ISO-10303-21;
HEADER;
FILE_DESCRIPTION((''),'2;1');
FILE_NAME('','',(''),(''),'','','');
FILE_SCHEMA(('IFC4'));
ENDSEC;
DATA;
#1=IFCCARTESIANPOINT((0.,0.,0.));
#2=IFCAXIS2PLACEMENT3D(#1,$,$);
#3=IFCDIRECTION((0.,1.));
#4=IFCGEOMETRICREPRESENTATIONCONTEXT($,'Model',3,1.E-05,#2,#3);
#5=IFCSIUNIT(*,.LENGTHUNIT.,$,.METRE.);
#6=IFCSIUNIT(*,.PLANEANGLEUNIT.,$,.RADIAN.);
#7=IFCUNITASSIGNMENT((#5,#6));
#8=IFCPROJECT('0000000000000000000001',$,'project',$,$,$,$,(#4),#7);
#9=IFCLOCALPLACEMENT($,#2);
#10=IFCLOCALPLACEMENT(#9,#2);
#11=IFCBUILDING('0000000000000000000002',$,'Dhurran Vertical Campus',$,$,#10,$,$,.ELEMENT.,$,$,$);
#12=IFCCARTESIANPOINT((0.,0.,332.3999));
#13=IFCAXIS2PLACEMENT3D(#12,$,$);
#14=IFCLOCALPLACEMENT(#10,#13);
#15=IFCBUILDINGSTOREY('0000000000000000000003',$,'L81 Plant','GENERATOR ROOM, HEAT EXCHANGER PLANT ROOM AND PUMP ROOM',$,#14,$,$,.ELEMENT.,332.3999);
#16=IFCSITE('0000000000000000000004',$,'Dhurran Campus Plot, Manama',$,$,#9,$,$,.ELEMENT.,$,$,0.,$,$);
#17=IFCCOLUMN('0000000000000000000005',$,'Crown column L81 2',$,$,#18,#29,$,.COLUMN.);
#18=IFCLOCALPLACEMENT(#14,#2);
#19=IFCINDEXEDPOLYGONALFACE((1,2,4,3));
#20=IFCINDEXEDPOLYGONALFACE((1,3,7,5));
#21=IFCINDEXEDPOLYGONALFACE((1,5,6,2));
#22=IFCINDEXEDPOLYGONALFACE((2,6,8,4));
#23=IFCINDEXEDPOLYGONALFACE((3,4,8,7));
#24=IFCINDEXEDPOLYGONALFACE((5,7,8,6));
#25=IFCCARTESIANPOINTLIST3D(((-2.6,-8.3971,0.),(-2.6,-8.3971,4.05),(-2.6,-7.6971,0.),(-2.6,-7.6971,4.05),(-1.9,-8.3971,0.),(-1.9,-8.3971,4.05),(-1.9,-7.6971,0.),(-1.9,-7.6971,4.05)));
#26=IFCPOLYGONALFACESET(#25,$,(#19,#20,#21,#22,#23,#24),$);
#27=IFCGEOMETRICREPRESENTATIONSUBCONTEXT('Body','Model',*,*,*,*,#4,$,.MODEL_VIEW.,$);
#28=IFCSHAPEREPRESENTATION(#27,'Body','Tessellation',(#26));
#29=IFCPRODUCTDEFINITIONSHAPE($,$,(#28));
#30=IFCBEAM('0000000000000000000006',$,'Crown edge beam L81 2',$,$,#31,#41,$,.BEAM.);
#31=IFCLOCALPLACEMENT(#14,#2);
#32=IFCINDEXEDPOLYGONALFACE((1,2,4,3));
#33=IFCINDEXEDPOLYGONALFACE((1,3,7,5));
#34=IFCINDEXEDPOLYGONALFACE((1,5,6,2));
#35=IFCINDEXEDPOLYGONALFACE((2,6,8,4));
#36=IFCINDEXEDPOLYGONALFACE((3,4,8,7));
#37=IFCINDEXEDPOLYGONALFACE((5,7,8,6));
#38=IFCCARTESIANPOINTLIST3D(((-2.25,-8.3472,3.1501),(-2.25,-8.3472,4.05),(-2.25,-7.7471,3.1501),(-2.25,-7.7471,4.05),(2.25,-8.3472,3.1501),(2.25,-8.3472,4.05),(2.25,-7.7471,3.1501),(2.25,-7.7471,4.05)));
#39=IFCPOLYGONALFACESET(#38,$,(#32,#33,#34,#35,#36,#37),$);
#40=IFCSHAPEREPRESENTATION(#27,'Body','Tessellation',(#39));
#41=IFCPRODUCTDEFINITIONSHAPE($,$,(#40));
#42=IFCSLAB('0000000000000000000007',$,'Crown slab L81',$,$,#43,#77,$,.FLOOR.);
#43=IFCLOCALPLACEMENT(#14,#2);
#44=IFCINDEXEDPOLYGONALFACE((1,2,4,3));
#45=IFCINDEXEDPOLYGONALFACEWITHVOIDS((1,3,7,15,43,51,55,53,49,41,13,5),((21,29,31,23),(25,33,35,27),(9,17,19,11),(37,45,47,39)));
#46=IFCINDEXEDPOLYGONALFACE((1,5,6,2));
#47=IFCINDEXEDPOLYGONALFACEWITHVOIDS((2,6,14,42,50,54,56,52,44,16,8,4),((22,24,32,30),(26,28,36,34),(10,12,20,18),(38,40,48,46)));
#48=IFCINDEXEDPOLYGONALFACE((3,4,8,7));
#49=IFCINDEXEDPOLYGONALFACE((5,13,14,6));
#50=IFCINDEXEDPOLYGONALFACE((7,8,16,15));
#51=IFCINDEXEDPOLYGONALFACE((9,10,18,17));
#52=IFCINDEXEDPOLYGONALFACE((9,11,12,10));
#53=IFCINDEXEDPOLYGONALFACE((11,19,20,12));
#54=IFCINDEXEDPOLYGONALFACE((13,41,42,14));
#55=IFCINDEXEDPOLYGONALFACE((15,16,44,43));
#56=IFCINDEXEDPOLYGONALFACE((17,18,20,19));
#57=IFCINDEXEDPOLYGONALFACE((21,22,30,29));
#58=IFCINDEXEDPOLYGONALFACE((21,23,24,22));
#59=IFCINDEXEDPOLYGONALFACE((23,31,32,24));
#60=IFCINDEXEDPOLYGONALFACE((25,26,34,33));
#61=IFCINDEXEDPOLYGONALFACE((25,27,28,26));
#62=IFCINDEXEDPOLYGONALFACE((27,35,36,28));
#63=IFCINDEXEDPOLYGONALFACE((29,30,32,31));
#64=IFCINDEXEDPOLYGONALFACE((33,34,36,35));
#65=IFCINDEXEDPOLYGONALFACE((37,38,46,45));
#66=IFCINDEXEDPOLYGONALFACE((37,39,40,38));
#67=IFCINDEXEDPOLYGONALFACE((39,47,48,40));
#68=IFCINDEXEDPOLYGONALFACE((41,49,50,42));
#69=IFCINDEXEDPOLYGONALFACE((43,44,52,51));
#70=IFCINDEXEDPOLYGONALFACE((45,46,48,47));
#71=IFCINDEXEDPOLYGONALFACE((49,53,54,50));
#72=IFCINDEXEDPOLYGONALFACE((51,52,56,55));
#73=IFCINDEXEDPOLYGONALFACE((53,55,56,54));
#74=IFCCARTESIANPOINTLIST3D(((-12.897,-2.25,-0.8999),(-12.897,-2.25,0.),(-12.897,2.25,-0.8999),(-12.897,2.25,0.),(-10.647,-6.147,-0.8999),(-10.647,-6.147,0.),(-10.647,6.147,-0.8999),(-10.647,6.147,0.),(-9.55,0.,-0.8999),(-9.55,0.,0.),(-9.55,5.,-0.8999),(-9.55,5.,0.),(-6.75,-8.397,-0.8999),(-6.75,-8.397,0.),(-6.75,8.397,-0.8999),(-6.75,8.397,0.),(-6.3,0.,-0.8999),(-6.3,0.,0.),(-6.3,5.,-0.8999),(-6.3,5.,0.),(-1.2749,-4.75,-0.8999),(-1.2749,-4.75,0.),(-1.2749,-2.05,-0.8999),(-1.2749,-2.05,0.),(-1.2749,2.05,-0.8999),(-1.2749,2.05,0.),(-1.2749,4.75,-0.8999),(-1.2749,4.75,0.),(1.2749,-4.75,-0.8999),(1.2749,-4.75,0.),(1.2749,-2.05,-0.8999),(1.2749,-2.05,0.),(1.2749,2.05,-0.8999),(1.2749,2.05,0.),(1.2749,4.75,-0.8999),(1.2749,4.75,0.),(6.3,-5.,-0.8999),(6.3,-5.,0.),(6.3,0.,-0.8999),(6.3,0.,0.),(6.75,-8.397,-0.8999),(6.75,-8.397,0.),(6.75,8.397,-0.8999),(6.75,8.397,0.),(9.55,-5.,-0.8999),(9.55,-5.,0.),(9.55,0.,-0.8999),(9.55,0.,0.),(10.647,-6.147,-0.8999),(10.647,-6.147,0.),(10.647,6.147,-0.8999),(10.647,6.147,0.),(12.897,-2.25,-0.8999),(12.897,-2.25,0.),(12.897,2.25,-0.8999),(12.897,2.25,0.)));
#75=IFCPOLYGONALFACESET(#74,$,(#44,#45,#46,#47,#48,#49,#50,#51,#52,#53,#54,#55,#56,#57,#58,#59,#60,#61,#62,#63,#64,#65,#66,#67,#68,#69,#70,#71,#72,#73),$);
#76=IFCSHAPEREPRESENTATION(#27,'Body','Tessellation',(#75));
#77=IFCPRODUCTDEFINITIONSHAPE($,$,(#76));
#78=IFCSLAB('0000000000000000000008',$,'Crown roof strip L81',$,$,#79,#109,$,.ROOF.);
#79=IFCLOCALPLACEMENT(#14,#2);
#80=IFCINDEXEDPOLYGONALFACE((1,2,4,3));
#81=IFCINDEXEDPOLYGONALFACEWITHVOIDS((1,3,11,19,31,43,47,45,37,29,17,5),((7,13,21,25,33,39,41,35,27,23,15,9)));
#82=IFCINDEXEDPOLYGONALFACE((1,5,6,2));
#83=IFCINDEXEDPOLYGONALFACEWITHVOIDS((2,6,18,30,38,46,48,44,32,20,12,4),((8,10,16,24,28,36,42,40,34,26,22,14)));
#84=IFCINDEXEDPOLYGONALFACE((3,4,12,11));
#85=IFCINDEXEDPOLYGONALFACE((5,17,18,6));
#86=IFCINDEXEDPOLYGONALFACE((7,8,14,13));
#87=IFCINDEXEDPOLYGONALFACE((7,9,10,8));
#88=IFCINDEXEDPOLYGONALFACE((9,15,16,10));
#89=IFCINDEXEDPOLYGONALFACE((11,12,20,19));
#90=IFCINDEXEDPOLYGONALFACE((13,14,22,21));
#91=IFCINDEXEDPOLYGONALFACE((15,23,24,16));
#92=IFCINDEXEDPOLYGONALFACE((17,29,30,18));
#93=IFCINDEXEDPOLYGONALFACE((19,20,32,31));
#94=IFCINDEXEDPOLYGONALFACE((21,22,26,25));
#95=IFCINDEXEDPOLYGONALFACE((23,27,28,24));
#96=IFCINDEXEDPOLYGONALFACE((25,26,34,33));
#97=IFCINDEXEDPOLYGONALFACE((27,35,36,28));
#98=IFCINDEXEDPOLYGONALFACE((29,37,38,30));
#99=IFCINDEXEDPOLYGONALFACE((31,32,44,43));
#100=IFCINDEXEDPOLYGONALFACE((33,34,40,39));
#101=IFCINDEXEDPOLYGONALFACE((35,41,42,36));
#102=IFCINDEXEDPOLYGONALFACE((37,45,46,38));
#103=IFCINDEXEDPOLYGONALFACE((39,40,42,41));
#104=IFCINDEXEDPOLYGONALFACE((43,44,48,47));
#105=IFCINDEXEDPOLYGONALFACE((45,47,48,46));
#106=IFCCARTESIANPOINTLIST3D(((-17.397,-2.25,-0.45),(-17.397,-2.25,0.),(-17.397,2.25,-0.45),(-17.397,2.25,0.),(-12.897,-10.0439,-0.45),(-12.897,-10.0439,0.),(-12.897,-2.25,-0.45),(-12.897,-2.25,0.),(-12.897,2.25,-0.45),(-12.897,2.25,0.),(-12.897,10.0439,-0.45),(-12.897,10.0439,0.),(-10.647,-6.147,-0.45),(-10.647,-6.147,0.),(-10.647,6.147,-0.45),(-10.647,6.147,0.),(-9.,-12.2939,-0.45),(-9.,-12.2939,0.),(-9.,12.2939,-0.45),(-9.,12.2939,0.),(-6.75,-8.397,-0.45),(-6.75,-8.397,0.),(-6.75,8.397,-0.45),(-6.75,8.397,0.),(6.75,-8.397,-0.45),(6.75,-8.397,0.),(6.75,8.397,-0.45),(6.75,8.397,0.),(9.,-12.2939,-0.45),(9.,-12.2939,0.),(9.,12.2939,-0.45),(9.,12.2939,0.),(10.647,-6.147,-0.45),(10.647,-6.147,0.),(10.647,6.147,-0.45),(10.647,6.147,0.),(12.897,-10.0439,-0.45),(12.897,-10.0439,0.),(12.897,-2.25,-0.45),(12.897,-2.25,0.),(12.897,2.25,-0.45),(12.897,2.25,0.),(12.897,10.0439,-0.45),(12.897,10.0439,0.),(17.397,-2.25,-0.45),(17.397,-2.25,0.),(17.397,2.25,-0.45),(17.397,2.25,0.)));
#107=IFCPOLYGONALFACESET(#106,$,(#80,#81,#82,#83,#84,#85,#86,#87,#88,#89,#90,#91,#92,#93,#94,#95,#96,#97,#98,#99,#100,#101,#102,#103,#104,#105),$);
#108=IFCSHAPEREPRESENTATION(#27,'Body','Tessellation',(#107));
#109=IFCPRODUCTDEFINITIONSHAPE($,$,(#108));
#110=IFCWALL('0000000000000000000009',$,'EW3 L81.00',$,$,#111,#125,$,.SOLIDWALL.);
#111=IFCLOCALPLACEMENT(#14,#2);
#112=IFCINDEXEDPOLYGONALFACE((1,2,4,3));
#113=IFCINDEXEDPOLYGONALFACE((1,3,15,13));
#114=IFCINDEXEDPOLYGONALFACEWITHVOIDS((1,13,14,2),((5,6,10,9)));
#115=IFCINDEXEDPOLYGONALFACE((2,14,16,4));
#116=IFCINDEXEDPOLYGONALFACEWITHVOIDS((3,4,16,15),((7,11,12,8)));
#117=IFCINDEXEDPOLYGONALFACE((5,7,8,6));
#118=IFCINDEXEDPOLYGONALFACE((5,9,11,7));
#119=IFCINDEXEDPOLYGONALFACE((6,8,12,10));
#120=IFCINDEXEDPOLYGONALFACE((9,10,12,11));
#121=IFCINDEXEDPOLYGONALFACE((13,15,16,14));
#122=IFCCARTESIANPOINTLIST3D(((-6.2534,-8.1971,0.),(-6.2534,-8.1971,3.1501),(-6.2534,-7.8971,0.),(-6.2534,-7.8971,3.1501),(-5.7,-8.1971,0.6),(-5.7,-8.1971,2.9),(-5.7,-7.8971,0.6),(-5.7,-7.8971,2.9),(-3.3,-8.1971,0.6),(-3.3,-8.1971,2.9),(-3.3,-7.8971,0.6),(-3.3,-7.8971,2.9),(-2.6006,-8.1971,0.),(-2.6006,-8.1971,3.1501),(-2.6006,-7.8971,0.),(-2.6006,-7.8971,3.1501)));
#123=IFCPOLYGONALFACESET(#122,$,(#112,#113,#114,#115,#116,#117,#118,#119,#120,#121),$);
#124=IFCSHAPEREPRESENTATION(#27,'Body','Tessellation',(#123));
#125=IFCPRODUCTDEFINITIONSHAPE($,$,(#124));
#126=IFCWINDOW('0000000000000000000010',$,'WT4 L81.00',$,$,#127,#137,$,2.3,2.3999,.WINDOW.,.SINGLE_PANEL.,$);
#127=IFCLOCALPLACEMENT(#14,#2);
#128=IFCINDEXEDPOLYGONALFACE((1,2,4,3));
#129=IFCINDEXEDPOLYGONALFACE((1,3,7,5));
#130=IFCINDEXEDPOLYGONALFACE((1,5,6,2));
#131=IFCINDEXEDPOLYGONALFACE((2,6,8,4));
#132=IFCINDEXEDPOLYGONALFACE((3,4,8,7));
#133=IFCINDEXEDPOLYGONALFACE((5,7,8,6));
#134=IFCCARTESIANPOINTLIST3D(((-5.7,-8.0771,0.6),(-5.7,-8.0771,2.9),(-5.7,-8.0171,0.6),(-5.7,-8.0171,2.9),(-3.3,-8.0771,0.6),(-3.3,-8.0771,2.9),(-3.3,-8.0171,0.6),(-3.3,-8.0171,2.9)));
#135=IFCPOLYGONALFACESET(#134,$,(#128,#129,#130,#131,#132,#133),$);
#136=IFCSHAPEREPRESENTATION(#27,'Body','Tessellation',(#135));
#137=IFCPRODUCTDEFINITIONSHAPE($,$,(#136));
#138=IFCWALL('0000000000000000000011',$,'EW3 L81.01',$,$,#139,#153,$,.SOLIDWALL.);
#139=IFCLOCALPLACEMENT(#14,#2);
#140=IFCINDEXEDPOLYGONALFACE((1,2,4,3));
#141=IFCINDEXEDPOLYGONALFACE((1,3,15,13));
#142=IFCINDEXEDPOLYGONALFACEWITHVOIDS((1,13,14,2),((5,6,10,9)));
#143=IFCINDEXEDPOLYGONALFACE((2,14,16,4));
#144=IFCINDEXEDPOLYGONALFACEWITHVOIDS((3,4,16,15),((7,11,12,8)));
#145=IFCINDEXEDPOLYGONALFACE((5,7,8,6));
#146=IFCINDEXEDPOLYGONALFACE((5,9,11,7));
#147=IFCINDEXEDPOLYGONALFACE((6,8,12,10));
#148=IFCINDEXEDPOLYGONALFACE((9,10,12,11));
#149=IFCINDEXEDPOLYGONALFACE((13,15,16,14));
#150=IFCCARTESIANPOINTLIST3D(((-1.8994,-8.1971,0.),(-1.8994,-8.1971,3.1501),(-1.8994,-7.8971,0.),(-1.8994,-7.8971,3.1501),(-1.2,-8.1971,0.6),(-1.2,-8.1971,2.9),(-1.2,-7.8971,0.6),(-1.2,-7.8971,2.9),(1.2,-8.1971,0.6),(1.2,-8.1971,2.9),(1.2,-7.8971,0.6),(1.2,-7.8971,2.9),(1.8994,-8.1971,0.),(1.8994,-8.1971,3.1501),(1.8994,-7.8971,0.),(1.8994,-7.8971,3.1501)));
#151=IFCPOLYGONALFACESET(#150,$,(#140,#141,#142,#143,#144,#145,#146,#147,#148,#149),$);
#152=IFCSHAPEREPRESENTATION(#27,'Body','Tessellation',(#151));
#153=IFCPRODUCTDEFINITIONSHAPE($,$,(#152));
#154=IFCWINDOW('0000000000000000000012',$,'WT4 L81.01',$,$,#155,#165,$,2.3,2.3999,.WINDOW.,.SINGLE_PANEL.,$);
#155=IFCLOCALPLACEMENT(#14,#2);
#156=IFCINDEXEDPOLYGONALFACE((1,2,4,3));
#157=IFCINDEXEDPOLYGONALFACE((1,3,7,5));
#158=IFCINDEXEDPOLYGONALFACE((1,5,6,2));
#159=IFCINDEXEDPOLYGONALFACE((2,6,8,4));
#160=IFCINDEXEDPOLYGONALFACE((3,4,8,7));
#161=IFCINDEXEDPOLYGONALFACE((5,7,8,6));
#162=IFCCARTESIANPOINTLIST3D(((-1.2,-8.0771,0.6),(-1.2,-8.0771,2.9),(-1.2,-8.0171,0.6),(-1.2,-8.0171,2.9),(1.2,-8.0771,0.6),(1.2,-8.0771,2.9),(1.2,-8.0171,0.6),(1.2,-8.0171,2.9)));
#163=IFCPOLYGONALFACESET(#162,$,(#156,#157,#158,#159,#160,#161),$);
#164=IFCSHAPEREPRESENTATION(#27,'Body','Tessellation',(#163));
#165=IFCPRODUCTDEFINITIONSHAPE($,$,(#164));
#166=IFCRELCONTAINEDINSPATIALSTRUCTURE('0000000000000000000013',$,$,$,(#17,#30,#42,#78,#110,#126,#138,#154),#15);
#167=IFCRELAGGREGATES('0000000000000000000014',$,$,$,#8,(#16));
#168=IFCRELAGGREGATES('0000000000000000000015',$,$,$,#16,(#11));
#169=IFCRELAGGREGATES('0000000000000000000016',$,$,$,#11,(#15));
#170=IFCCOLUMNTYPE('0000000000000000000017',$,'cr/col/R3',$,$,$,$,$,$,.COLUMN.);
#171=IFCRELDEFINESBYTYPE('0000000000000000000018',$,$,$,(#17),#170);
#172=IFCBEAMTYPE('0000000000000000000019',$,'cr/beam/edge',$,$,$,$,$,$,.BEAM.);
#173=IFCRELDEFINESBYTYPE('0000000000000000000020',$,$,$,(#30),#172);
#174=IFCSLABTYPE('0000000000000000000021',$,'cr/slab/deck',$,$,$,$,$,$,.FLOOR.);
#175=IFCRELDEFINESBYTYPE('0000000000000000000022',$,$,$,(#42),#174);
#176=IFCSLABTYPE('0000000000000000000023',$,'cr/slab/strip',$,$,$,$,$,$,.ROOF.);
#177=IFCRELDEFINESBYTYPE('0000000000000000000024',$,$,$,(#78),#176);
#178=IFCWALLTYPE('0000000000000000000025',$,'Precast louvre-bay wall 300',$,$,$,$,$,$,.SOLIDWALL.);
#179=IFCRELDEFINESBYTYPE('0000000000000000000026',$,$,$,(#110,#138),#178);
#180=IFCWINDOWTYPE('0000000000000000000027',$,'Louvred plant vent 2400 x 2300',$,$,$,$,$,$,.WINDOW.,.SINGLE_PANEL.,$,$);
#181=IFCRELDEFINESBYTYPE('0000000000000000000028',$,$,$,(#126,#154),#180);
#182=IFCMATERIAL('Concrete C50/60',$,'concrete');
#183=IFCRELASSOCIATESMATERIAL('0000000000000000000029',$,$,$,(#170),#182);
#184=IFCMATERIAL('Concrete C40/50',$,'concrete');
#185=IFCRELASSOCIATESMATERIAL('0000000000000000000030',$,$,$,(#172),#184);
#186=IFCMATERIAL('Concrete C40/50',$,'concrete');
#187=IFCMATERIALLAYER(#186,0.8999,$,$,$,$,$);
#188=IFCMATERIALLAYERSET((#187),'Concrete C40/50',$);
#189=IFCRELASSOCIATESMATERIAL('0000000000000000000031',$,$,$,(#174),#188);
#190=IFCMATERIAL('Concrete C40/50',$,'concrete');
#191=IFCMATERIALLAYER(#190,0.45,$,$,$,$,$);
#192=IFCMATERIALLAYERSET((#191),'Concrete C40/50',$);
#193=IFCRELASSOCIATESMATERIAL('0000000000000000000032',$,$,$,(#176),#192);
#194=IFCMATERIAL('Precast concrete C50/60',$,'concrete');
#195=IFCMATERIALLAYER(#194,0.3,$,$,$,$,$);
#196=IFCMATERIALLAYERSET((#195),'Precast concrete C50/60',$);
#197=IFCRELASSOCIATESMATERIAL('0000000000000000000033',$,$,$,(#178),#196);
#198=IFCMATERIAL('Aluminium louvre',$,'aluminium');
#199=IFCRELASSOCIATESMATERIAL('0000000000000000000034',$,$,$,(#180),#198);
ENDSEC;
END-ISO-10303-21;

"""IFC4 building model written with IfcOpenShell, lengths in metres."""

from ifc_helpers import new_model, si_unit, direction, frame, frame_2d, origin, origin_2d, place, context, subcontext, project, spatial, polyline, rectangle, outline, extrude, material, layer, layer_set, material_profile, profile_set, type_object, element, fill, save


model = new_model("IFC4")

# Units and contexts
model_context = context("Model", 3, precision=1e-05, world=origin(), true_north=direction((0.0, 1.0)))
body_context = subcontext(model_context, "Body", "Model", "MODEL_VIEW")
ifc_project = project(units=[si_unit("LENGTHUNIT", "METRE"), si_unit("PLANEANGLEUNIT", "RADIAN")], contexts=[model_context])

# Site, building, storey
site_placement = place(None, origin())
site = spatial("IfcSite", under=ifc_project, at=site_placement, Name="Dhurran Campus Plot, Manama", CompositionType="ELEMENT", RefElevation=0.0)
building_placement = place(site_placement, origin())
building = spatial("IfcBuilding", under=site, at=building_placement, Name="Dhurran Vertical Campus", CompositionType="ELEMENT")
storey_placement = place(building_placement, frame((0.0, 0.0, 332.3999)))
storey = spatial("IfcBuildingStorey", under=building, at=storey_placement, Name="L81 Plant", Description="GENERATOR ROOM, HEAT EXCHANGER PLANT ROOM AND PUMP ROOM", CompositionType="ELEMENT", Elevation=332.3999)

# Column
ifc_material_1 = material(Name="Concrete C50/60", Category="concrete")
ifc_material_profile_1 = material_profile(ifc_material_1, rectangle(XDim=0.7, YDim=0.7, at=origin_2d()), Name="cr/col/R3")
ifc_profile_set_1 = profile_set([ifc_material_profile_1], Name="Concrete C50/60")
column_type = type_object("IfcColumnType", Name="cr/col/R3", PredefinedType="COLUMN", material=ifc_profile_set_1)
column_placement = place(storey_placement, frame((-2.25, -8.0471, 0.0), z_axis=(0.0, 0.0, 1.0), x_axis=(1.0, 0.0, 0.0)))
element("IfcColumn", 1, at=column_placement, inside=storey, type_object=column_type, Name="Crown column L81 2", PredefinedType="COLUMN", context=body_context, shape_type="SweptSolid", body=[
    extrude(rectangle(XDim=0.7, YDim=0.7, at=origin_2d()), origin(), (0.0, 0.0, 1.0), 4.05),
])

# Beam
ifc_material_2 = material(Name="Concrete C40/50", Category="concrete")
ifc_material_profile_2 = material_profile(ifc_material_2, rectangle(XDim=0.6001, YDim=0.8999, at=origin_2d()), Name="cr/beam/edge")
ifc_profile_set_2 = profile_set([ifc_material_profile_2], Name="Concrete C40/50")
beam_type = type_object("IfcBeamType", Name="cr/beam/edge", PredefinedType="BEAM", material=ifc_profile_set_2)
beam_placement = place(storey_placement, frame((-2.25, -8.0471, 3.6001), z_axis=(1.0, 0.0, 0.0), x_axis=(0.0, 1.0, 0.0)))
element("IfcBeam", 2, at=beam_placement, inside=storey, type_object=beam_type, Name="Crown edge beam L81 2", PredefinedType="BEAM", context=body_context, shape_type="SweptSolid", body=[
    extrude(rectangle(XDim=0.6001, YDim=0.8999, at=origin_2d()), origin(), (0.0, 0.0, 1.0), 4.5),
])

# Slabs
ifc_material_3 = material(Name="Concrete C40/50", Category="concrete")
ifc_layer_1 = layer(ifc_material_3, 0.8999)
ifc_layer_set_1 = layer_set([ifc_layer_1], Name="Concrete C40/50")
slab_type_1 = type_object("IfcSlabType", Name="cr/slab/deck", PredefinedType="FLOOR", material=ifc_layer_set_1)
slab_1_placement = place(storey_placement, frame((0.0, 0.0, -0.8999)))
element("IfcSlab", 3, at=slab_1_placement, inside=storey, type_object=slab_type_1, Name="Crown slab L81", PredefinedType="FLOOR", context=body_context, shape_type="SweptSolid", body=[
    extrude(outline(polyline([(-6.75, -8.397), (6.75, -8.397), (10.647, -6.147), (12.897, -2.25), (12.897, 2.25), (10.647, 6.147), (6.75, 8.397), (-6.75, 8.397), (-10.647, 6.147), (-12.897, 2.25), (-12.897, -2.25), (-10.647, -6.147), (-6.75, -8.397)]), holes=[polyline([(-1.2749, 4.75), (1.2749, 4.75), (1.2749, 2.05), (-1.2749, 2.05), (-1.2749, 4.75)]), polyline([(-1.2749, -2.05), (1.2749, -2.05), (1.2749, -4.75), (-1.2749, -4.75), (-1.2749, -2.05)]), polyline([(-9.55, 5.0), (-6.3, 5.0), (-6.3, 0.0), (-9.55, 0.0), (-9.55, 5.0)]), polyline([(6.3, 0.0), (9.55, 0.0), (9.55, -5.0), (6.3, -5.0), (6.3, 0.0)])]), origin(), (0.0, 0.0, 1.0), 0.8999),
])
ifc_material_4 = material(Name="Concrete C40/50", Category="concrete")
ifc_layer_2 = layer(ifc_material_4, 0.45)
ifc_layer_set_2 = layer_set([ifc_layer_2], Name="Concrete C40/50")
slab_type_2 = type_object("IfcSlabType", Name="cr/slab/strip", PredefinedType="ROOF", material=ifc_layer_set_2)
slab_2_placement = place(storey_placement, frame((0.0, 0.0, -0.45)))
element("IfcSlab", 4, at=slab_2_placement, inside=storey, type_object=slab_type_2, Name="Crown roof strip L81", PredefinedType="ROOF", context=body_context, shape_type="SweptSolid", body=[
    extrude(outline(polyline([(-12.897, -10.0439), (-9.0, -12.2939), (9.0, -12.2939), (12.897, -10.0439), (17.397, -2.25), (17.397, 2.25), (12.897, 10.0439), (9.0, 12.2939), (-9.0, 12.2939), (-12.897, 10.0439), (-17.397, 2.25), (-17.397, -2.25), (-12.897, -10.0439)]), holes=[polyline([(6.75, -8.397), (10.647, -6.147), (12.897, -2.25), (12.897, 2.25), (10.647, 6.147), (6.75, 8.397), (-6.75, 8.397), (-10.647, 6.147), (-12.897, 2.25), (-12.897, -2.25), (-10.647, -6.147), (-6.75, -8.397), (6.75, -8.397)])]), origin(), (0.0, 0.0, 1.0), 0.45),
])

# Walls, openings, windows
ifc_material_5 = material(Name="Precast concrete C50/60", Category="concrete")
ifc_layer_3 = layer(ifc_material_5, 0.3)
ifc_layer_set_3 = layer_set([ifc_layer_3], Name="Precast concrete C50/60")
wall_type_1 = type_object("IfcWallType", Name="Precast louvre-bay wall 300", PredefinedType="SOLIDWALL", material=ifc_layer_set_3)
wall_1_placement = place(storey_placement, frame((-6.2534, -8.0471, 0.0), z_axis=(0.0, 0.0, 1.0), x_axis=(1.0, 0.0, 0.0)))
wall_1 = element("IfcWall", 5, at=wall_1_placement, inside=storey, type_object=wall_type_1, Name="EW3 L81.00", PredefinedType="SOLIDWALL", context=body_context, shape_type="SweptSolid", body=[
    extrude(rectangle(XDim=3.6528, YDim=0.3, at=frame_2d((1.8264, 0.0))), origin(), (0.0, 0.0, 1.0), 3.1501),
])
opening_1_placement = place(wall_1_placement, frame((0.5535, 0.0, 0.6001)))
opening_1 = element("IfcOpeningElement", 6, at=opening_1_placement, cuts=wall_1, PredefinedType="OPENING", context=body_context, shape_type="SweptSolid", body=[
    extrude(rectangle(XDim=2.3999, YDim=2.3, at=frame_2d((1.2, 1.1499))), frame((0.0, 0.1599, 0.0), z_axis=(0.0, -1.0, 0.0), x_axis=(1.0, 0.0, 0.0)), (0.0, 0.0, 1.0), 0.3201),
])
ifc_material_6 = material(Name="Aluminium louvre", Category="aluminium")
window_type = type_object("IfcWindowType", Name="Louvred plant vent 2400 x 2300", PartitioningType="SINGLE_PANEL", PredefinedType="WINDOW", material=ifc_material_6)
window_1_placement = place(opening_1_placement, origin())
window_1 = element("IfcWindow", 7, at=window_1_placement, inside=storey, type_object=window_type, Name="WT4 L81.00", OverallHeight=2.3, OverallWidth=2.3999, PartitioningType="SINGLE_PANEL", PredefinedType="WINDOW", context=body_context, shape_type="SweptSolid", body=[
    extrude(rectangle(XDim=2.3999, YDim=2.3, at=frame_2d((1.2, 1.1499))), frame((0.0, 0.03, 0.0), z_axis=(0.0, -1.0, 0.0), x_axis=(1.0, 0.0, 0.0)), (0.0, 0.0, 1.0), 0.0601),
])
fill(opening_1, window_1)
wall_2_placement = place(storey_placement, frame((-1.8994, -8.0471, 0.0), z_axis=(0.0, 0.0, 1.0), x_axis=(1.0, 0.0, 0.0)))
wall_2 = element("IfcWall", 8, at=wall_2_placement, inside=storey, type_object=wall_type_1, Name="EW3 L81.01", PredefinedType="SOLIDWALL", context=body_context, shape_type="SweptSolid", body=[
    extrude(rectangle(XDim=3.7988, YDim=0.3, at=frame_2d((1.8994, 0.0))), origin(), (0.0, 0.0, 1.0), 3.1501),
])
opening_2_placement = place(wall_2_placement, frame((0.6995, 0.0, 0.6001)))
opening_2 = element("IfcOpeningElement", 9, at=opening_2_placement, cuts=wall_2, PredefinedType="OPENING", context=body_context, shape_type="SweptSolid", body=[
    extrude(rectangle(XDim=2.3999, YDim=2.3, at=frame_2d((1.2, 1.1499))), frame((0.0, 0.1599, 0.0), z_axis=(0.0, -1.0, 0.0), x_axis=(1.0, 0.0, 0.0)), (0.0, 0.0, 1.0), 0.3201),
])
window_2_placement = place(opening_2_placement, origin())
window_2 = element("IfcWindow", 10, at=window_2_placement, inside=storey, type_object=window_type, Name="WT4 L81.01", OverallHeight=2.3, OverallWidth=2.3999, PartitioningType="SINGLE_PANEL", PredefinedType="WINDOW", context=body_context, shape_type="SweptSolid", body=[
    extrude(rectangle(XDim=2.3999, YDim=2.3, at=frame_2d((1.2, 1.1499))), frame((0.0, 0.03, 0.0), z_axis=(0.0, -1.0, 0.0), x_axis=(1.0, 0.0, 0.0)), (0.0, 0.0, 1.0), 0.0601),
])
fill(opening_2, window_2)

save(model, "model.ifc")
